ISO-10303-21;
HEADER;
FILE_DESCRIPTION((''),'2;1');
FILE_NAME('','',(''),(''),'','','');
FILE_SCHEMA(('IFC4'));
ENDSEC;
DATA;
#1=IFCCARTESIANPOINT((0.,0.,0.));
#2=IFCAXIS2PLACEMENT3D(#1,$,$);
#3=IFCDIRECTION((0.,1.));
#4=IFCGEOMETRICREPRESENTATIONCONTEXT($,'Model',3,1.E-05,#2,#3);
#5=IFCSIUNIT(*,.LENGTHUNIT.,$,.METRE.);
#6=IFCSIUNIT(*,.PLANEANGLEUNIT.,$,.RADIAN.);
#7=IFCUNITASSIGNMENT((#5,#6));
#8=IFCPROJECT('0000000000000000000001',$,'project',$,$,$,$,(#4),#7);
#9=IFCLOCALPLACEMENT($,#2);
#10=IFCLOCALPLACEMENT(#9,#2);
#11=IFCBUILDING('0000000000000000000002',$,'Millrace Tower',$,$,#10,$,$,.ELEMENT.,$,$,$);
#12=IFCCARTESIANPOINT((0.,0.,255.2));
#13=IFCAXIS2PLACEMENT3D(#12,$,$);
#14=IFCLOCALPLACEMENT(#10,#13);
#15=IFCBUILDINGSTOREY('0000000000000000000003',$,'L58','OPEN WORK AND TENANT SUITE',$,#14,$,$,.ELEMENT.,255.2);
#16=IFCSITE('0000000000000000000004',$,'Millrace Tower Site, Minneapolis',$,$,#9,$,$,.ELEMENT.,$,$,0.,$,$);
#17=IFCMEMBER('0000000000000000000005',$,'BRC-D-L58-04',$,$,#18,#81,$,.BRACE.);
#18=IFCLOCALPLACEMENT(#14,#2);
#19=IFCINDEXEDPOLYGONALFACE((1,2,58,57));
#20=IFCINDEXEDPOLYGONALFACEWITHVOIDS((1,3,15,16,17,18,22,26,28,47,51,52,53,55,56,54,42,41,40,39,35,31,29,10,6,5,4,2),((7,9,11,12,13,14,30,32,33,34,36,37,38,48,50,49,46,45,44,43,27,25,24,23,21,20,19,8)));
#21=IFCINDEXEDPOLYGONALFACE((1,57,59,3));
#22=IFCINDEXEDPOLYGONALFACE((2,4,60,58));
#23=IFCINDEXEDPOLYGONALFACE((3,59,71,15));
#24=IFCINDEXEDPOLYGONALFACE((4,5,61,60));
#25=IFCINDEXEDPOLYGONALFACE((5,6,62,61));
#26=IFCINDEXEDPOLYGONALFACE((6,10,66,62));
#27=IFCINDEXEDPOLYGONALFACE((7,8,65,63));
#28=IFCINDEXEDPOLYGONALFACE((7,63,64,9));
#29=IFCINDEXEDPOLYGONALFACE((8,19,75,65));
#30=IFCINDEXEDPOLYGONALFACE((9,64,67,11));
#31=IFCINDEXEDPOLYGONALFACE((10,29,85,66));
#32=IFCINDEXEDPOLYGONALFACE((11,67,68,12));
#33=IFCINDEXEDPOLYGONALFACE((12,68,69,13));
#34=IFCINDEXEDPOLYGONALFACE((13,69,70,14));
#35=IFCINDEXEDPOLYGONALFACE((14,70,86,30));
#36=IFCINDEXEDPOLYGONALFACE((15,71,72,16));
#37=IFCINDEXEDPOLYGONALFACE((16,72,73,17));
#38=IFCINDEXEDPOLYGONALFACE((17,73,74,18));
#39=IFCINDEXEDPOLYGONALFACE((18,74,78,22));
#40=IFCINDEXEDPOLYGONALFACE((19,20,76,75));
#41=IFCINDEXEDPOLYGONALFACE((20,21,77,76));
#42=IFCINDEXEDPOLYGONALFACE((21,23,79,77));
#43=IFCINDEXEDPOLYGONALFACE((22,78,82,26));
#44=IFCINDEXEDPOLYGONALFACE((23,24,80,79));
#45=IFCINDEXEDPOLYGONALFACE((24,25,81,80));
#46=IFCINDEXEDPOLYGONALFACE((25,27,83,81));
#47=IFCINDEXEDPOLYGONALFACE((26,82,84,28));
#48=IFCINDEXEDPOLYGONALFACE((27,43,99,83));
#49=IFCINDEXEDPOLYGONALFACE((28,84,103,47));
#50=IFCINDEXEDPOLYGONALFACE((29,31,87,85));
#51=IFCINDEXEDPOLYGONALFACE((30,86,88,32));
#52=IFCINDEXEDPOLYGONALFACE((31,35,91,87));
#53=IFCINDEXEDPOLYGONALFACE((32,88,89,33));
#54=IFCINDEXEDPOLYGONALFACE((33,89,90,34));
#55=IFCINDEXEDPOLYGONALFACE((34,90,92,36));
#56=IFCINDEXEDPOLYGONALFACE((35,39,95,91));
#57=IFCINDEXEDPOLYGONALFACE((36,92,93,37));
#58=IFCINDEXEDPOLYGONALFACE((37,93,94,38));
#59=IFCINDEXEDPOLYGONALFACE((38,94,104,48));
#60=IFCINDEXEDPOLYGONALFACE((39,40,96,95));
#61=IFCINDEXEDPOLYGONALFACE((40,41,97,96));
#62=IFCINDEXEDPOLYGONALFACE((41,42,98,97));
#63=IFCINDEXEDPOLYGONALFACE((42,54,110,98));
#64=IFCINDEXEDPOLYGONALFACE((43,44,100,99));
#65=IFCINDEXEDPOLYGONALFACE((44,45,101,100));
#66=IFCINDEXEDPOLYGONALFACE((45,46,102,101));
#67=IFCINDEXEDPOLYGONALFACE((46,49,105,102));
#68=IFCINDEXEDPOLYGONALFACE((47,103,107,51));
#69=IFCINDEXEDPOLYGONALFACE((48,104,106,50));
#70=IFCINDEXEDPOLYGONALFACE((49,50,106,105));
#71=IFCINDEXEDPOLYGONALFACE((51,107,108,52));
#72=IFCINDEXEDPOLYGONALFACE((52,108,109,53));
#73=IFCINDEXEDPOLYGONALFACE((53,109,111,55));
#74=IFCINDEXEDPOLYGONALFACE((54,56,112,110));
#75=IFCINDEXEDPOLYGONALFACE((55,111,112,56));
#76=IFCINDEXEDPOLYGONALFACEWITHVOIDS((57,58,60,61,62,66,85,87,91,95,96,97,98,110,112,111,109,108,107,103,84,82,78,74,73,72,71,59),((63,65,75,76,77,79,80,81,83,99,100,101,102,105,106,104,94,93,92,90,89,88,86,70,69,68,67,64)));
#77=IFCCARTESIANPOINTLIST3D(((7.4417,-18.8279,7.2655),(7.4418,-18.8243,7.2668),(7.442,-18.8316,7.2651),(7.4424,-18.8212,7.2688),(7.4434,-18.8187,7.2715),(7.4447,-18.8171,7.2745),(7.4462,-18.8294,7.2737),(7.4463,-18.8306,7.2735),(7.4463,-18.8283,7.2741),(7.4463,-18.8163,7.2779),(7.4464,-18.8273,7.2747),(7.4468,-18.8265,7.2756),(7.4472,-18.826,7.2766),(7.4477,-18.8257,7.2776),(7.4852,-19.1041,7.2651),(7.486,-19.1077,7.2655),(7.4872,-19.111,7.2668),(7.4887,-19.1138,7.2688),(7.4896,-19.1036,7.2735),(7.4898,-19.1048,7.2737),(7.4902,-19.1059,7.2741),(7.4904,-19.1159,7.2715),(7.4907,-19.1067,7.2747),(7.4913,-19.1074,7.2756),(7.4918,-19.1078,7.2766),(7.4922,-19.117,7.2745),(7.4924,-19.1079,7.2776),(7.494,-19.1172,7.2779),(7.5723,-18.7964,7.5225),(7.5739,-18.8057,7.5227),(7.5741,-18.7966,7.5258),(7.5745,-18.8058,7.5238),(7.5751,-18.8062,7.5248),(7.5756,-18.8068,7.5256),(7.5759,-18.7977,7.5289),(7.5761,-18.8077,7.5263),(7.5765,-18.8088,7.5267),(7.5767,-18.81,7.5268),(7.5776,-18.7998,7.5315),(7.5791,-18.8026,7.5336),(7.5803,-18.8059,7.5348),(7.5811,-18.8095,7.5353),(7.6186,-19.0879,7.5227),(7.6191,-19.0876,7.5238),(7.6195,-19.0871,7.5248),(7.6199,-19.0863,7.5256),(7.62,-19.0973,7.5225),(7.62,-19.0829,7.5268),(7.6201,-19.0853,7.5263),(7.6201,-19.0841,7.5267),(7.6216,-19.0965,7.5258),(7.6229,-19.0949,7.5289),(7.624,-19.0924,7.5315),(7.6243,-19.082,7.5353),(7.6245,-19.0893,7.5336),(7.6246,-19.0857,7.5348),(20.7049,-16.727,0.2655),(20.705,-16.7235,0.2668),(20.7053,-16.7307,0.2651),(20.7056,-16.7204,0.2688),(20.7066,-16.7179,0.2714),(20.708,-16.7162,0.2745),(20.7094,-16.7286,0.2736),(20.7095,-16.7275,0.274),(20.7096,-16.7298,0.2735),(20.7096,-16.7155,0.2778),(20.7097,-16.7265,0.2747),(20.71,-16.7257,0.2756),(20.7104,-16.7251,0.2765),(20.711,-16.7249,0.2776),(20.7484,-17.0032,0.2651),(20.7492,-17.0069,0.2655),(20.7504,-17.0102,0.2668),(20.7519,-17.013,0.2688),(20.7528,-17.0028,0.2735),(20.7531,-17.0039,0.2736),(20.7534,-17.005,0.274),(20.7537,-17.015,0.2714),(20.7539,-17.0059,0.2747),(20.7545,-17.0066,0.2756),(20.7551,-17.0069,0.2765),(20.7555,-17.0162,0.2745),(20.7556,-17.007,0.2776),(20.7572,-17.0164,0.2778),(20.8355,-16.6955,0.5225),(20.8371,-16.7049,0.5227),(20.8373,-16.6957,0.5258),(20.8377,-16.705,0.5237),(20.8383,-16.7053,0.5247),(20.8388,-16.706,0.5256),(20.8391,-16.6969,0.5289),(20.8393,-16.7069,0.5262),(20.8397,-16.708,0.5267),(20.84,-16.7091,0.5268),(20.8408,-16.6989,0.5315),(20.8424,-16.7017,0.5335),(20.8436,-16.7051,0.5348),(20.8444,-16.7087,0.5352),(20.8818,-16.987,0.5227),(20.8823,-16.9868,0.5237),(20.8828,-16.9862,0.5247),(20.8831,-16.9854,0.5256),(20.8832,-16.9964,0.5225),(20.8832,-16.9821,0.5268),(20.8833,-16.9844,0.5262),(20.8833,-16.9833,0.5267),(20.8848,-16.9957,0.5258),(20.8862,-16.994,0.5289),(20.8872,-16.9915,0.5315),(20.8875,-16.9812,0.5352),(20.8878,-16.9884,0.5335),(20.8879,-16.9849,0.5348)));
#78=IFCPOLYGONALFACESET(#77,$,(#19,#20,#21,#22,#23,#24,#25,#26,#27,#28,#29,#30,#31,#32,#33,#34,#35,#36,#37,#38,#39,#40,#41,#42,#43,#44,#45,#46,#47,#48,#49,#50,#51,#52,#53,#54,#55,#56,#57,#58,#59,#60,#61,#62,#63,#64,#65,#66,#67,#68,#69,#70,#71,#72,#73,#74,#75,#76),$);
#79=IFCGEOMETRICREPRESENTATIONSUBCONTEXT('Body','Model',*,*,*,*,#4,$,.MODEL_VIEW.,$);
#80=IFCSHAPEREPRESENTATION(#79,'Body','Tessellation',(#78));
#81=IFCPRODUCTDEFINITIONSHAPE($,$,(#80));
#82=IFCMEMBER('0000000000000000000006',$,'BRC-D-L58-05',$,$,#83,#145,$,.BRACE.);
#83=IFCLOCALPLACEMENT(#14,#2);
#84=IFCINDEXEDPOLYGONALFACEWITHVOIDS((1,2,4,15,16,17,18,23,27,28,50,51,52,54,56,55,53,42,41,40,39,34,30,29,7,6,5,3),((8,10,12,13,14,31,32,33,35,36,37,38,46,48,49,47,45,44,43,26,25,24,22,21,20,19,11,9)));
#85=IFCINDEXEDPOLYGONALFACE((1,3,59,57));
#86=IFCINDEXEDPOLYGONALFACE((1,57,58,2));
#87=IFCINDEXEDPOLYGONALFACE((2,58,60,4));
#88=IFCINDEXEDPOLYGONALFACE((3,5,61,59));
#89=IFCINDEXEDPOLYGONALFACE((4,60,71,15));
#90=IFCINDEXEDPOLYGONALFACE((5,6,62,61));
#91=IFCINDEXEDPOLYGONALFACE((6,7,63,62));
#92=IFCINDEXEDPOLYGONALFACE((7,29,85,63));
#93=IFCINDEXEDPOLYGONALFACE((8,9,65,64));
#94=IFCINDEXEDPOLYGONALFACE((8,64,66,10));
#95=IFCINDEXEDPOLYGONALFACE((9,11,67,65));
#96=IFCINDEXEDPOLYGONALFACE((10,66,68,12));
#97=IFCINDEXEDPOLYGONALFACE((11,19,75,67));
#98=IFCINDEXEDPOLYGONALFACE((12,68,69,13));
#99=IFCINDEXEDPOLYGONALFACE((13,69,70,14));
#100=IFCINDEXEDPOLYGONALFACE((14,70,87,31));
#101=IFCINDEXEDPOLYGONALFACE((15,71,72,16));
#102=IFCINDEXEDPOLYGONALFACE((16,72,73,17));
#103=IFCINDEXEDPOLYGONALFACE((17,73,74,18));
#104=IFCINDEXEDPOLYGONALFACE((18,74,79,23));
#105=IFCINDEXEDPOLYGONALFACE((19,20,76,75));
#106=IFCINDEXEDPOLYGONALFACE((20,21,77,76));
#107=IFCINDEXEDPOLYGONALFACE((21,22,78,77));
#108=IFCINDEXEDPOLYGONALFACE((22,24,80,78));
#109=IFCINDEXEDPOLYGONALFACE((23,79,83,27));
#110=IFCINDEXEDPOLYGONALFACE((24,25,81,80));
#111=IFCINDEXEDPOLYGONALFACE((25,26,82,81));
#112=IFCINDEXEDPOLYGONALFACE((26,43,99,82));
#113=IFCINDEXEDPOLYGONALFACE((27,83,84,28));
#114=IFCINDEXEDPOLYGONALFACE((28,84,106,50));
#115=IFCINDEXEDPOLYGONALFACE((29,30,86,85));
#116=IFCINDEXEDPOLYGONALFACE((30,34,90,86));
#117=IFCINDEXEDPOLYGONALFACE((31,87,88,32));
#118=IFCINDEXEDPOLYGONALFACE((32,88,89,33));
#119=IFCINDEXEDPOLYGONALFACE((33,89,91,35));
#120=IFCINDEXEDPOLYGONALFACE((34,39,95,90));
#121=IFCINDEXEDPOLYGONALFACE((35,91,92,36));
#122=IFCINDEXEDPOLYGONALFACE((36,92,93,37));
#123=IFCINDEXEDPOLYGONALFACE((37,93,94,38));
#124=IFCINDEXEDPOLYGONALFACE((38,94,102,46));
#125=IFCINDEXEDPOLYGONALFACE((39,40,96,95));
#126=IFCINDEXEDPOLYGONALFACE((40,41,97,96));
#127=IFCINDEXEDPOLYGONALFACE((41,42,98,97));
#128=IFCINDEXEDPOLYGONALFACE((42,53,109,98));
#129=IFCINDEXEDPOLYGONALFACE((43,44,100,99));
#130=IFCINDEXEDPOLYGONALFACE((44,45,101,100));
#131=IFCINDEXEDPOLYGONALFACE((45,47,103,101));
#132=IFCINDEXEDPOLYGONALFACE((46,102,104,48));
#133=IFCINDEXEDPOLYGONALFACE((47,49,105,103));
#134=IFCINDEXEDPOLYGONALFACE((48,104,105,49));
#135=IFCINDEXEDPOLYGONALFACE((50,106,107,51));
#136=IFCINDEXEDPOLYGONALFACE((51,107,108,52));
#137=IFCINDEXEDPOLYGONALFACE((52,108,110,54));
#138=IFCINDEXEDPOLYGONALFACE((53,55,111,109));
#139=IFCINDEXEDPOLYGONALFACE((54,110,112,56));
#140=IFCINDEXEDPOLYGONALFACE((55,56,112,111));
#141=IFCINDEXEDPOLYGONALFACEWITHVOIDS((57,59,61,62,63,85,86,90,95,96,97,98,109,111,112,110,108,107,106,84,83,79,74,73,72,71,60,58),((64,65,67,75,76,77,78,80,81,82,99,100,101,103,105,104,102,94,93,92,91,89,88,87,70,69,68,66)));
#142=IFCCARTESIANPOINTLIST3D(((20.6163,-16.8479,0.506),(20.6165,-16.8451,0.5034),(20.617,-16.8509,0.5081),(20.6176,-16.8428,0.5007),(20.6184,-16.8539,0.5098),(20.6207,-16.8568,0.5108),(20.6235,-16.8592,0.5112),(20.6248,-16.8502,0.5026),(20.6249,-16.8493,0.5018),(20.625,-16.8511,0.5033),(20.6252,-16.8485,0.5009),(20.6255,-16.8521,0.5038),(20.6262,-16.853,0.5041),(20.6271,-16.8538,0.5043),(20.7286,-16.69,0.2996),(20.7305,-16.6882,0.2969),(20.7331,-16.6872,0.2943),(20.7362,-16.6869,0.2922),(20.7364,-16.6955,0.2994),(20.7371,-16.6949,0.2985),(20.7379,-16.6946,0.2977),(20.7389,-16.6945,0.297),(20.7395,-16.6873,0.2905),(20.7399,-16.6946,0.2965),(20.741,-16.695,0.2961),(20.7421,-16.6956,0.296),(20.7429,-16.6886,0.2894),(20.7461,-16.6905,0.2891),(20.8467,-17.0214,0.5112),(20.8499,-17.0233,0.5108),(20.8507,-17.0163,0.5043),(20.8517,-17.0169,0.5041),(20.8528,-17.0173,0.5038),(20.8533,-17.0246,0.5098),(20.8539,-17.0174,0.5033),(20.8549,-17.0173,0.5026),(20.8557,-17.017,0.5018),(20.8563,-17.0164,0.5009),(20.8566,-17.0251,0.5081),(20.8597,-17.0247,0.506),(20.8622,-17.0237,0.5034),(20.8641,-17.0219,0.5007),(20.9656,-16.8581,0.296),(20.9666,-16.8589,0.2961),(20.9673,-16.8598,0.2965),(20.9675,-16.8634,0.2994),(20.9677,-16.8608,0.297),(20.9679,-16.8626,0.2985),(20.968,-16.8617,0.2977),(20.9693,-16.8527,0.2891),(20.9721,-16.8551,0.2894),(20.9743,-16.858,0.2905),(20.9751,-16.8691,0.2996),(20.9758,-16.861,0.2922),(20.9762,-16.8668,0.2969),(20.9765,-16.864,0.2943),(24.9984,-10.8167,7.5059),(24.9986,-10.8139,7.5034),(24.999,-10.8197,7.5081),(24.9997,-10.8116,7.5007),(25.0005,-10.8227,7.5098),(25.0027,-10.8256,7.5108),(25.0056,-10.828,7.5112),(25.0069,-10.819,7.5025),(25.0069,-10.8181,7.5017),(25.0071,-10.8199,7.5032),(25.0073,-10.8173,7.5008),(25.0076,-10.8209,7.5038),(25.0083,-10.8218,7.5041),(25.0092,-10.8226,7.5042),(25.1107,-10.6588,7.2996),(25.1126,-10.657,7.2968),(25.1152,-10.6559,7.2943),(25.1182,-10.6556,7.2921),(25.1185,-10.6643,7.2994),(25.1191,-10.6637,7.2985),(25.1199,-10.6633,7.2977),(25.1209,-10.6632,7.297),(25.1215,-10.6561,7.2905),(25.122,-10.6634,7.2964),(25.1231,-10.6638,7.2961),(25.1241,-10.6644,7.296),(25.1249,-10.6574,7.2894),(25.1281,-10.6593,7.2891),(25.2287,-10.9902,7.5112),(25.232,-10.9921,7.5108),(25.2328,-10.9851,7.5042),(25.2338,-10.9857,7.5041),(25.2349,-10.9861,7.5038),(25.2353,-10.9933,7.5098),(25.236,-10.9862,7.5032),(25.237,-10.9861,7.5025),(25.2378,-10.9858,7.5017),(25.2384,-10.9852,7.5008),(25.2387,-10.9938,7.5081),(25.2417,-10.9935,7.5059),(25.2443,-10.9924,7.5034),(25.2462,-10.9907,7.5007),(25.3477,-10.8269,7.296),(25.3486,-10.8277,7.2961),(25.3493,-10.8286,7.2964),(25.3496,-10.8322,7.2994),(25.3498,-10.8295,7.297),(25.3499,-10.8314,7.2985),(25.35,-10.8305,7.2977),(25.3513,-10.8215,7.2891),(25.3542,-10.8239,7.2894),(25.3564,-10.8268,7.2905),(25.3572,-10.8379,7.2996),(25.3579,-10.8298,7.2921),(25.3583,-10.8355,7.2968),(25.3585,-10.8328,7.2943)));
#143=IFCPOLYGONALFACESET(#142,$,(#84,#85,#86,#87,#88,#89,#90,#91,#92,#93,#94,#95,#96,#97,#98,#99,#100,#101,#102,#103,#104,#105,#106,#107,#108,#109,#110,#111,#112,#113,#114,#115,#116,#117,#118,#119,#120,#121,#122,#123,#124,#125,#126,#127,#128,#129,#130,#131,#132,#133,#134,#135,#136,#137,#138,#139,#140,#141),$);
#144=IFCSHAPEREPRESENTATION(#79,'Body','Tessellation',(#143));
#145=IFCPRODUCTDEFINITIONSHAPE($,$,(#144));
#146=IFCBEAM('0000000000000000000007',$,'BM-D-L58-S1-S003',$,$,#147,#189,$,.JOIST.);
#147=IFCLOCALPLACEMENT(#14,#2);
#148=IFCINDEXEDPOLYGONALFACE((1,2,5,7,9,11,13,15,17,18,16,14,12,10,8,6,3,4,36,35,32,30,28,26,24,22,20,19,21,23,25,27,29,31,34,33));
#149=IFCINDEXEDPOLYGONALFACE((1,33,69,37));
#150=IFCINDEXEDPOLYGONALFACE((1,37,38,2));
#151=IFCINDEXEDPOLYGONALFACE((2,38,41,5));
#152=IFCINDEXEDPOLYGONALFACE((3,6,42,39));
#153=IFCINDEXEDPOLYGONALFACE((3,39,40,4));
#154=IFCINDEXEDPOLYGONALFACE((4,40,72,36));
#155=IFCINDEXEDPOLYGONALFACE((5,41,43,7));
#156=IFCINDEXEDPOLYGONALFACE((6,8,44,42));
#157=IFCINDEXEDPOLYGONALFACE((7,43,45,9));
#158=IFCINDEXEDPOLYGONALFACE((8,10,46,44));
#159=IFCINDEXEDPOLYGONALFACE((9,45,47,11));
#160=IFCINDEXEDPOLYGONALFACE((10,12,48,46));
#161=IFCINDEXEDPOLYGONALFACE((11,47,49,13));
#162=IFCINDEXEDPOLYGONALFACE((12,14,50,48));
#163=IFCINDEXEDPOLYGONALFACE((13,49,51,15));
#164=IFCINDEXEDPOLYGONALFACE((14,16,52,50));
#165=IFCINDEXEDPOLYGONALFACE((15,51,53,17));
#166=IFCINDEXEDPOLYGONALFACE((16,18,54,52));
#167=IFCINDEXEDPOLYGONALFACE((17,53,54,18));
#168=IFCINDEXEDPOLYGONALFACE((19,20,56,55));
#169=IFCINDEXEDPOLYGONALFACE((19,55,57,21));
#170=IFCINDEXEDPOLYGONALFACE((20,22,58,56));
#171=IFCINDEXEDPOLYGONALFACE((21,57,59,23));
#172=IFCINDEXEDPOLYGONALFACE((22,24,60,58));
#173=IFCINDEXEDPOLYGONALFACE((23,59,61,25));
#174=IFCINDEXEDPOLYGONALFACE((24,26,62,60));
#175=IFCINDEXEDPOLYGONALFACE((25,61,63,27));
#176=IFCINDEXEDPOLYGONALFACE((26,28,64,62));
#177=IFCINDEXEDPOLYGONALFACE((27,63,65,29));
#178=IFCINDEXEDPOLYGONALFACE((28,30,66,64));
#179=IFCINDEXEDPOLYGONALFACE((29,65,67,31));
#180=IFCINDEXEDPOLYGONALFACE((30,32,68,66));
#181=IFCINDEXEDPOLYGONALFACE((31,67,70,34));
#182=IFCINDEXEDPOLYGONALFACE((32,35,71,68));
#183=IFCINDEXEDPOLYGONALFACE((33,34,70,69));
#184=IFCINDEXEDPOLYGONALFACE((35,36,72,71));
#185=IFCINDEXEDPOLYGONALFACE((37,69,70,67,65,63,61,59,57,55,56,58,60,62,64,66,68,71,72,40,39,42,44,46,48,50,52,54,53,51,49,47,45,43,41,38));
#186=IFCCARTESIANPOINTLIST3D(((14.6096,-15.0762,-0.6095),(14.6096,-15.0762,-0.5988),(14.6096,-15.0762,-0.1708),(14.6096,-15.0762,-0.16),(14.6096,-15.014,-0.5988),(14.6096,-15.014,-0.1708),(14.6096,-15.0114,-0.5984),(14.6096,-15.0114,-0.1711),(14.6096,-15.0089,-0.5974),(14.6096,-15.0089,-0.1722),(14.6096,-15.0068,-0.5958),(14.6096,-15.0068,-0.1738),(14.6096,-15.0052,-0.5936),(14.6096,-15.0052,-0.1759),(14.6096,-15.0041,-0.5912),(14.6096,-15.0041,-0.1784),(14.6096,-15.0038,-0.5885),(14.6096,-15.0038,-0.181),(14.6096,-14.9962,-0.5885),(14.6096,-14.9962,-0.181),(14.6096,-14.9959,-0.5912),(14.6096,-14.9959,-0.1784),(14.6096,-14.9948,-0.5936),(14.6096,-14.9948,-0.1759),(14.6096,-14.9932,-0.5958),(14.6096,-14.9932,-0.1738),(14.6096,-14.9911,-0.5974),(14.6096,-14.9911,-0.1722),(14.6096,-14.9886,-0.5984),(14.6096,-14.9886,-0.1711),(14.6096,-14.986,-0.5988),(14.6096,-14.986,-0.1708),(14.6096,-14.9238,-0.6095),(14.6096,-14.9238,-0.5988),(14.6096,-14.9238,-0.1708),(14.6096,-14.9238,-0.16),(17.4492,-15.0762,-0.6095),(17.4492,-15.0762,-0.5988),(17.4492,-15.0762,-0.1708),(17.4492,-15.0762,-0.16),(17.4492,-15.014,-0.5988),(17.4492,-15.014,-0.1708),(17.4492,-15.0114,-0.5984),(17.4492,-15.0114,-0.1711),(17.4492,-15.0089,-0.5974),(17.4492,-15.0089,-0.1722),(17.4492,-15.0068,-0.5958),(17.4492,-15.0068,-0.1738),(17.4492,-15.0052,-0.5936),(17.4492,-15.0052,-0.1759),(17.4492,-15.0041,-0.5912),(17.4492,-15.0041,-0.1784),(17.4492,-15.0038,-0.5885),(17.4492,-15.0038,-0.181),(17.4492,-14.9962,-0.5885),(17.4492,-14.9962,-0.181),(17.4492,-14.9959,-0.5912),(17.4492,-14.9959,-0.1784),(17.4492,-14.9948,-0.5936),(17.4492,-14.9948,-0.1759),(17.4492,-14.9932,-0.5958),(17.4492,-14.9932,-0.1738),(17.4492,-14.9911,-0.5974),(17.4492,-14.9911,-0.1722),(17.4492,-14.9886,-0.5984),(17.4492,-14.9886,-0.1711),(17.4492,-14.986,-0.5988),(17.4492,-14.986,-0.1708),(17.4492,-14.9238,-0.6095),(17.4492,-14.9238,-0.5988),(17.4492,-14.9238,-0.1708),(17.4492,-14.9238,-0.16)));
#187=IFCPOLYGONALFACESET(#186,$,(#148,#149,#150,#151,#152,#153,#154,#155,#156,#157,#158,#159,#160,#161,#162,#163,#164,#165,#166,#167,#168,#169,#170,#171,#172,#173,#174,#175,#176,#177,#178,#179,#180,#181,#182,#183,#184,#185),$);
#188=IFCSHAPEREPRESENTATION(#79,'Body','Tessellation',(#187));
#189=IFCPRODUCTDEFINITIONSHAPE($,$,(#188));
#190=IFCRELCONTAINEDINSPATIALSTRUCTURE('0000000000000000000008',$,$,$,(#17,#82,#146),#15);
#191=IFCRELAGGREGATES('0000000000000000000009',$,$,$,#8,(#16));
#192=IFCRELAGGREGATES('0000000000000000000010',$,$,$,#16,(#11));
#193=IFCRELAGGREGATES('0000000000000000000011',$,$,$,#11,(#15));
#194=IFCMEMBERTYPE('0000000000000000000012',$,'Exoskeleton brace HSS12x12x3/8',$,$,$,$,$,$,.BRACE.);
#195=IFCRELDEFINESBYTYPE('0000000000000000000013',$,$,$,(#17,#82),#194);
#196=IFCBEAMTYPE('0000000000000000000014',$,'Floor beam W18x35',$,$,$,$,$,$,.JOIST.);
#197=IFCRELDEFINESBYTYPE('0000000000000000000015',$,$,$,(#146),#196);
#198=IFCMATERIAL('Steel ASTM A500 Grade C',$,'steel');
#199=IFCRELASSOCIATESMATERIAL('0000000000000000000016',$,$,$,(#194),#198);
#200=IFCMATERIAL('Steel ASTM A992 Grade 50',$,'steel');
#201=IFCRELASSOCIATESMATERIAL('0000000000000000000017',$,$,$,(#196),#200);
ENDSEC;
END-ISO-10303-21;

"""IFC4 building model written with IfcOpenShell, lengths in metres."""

from ifc_helpers import new_model, si_unit, direction, frame, origin, origin_2d, place, context, subcontext, project, spatial, hollow_rectangle, i_section, extrude, material, material_profile, profile_set, type_object, element, save


model = new_model("IFC4")

# Units and contexts
model_context = context("Model", 3, precision=1e-05, world=origin(), true_north=direction((0.0, 1.0)))
body_context = subcontext(model_context, "Body", "Model", "MODEL_VIEW")
ifc_project = project(units=[si_unit("LENGTHUNIT", "METRE"), si_unit("PLANEANGLEUNIT", "RADIAN")], contexts=[model_context])

# Site, building, storey
site_placement = place(None, origin())
site = spatial("IfcSite", under=ifc_project, at=site_placement, Name="Millrace Tower Site, Minneapolis", CompositionType="ELEMENT", RefElevation=0.0)
building_placement = place(site_placement, origin())
building = spatial("IfcBuilding", under=site, at=building_placement, Name="Millrace Tower", CompositionType="ELEMENT")
storey_placement = place(building_placement, frame((0.0, 0.0, 255.2)))
storey = spatial("IfcBuildingStorey", under=building, at=storey_placement, Name="L58", Description="OPEN WORK AND TENANT SUITE", CompositionType="ELEMENT", Elevation=255.2)

# Members
ifc_material_1 = material(Name="Steel ASTM A500 Grade C", Category="steel")
ifc_material_profile_1 = material_profile(ifc_material_1, hollow_rectangle(XDim=0.3047, YDim=0.3047, WallThickness=0.0095, InnerFilletRadius=0.0046, OuterFilletRadius=0.0144, at=origin_2d()))
ifc_profile_set_1 = profile_set([ifc_material_profile_1], Name="Steel ASTM A500 Grade C")
member_type_1 = type_object("IfcMemberType", Name="Exoskeleton brace HSS12x12x3/8", PredefinedType="BRACE", material=ifc_profile_set_1)
member_1_placement = place(storey_placement, frame((20.7964, -16.856, 0.4001), z_axis=(-0.875834, -0.138728, 0.462245), x_axis=(0.156445, -0.987687, 0.0)))
element("IfcMember", 1, at=member_1_placement, inside=storey, type_object=member_type_1, Name="BRC-D-L58-04", PredefinedType="BRACE", context=body_context, shape_type="SweptSolid", body=[
    extrude(hollow_rectangle(XDim=0.3047, YDim=0.3047, WallThickness=0.0095, InnerFilletRadius=0.0046, OuterFilletRadius=0.0144, at=origin_2d()), origin(), (0.0, 0.0, 1.0), 15.1436),
])
member_2_placement = place(storey_placement, frame((20.7964, -16.856, 0.4001), z_axis=(0.428508, 0.589774, 0.684505), x_axis=(-0.809009, 0.587796, 0.0)))
element("IfcMember", 2, at=member_2_placement, inside=storey, type_object=member_type_1, Name="BRC-D-L58-05", PredefinedType="BRACE", context=body_context, shape_type="SweptSolid", body=[
    extrude(hollow_rectangle(XDim=0.3047, YDim=0.3047, WallThickness=0.0095, InnerFilletRadius=0.0046, OuterFilletRadius=0.0144, at=origin_2d()), origin(), (0.0, 0.0, 1.0), 10.2263),
])

# Beam
ifc_material_2 = material(Name="Steel ASTM A992 Grade 50", Category="steel")
ifc_material_profile_2 = material_profile(ifc_material_2, i_section(OverallWidth=0.1523, OverallDepth=0.4495, WebThickness=0.0076, FlangeThickness=0.0107, FilletRadius=0.0103, at=origin_2d()))
ifc_profile_set_2 = profile_set([ifc_material_profile_2], Name="Steel ASTM A992 Grade 50")
beam_type_1 = type_object("IfcBeamType", Name="Floor beam W18x35", PredefinedType="JOIST", material=ifc_profile_set_2)
beam_1_placement = place(storey_placement, frame((14.6096, -15.0, -0.3848), z_axis=(1.0, 0.0, 0.0), x_axis=(0.0, 1.0, 0.0)))
element("IfcBeam", 3, at=beam_1_placement, inside=storey, type_object=beam_type_1, Name="BM-D-L58-S1-S003", PredefinedType="JOIST", context=body_context, shape_type="SweptSolid", body=[
    extrude(i_section(OverallWidth=0.1523, OverallDepth=0.4495, WebThickness=0.0076, FlangeThickness=0.0107, FilletRadius=0.0103, at=origin_2d()), origin(), (0.0, 0.0, 1.0), 2.8396),
])

save(model, "model.ifc")
